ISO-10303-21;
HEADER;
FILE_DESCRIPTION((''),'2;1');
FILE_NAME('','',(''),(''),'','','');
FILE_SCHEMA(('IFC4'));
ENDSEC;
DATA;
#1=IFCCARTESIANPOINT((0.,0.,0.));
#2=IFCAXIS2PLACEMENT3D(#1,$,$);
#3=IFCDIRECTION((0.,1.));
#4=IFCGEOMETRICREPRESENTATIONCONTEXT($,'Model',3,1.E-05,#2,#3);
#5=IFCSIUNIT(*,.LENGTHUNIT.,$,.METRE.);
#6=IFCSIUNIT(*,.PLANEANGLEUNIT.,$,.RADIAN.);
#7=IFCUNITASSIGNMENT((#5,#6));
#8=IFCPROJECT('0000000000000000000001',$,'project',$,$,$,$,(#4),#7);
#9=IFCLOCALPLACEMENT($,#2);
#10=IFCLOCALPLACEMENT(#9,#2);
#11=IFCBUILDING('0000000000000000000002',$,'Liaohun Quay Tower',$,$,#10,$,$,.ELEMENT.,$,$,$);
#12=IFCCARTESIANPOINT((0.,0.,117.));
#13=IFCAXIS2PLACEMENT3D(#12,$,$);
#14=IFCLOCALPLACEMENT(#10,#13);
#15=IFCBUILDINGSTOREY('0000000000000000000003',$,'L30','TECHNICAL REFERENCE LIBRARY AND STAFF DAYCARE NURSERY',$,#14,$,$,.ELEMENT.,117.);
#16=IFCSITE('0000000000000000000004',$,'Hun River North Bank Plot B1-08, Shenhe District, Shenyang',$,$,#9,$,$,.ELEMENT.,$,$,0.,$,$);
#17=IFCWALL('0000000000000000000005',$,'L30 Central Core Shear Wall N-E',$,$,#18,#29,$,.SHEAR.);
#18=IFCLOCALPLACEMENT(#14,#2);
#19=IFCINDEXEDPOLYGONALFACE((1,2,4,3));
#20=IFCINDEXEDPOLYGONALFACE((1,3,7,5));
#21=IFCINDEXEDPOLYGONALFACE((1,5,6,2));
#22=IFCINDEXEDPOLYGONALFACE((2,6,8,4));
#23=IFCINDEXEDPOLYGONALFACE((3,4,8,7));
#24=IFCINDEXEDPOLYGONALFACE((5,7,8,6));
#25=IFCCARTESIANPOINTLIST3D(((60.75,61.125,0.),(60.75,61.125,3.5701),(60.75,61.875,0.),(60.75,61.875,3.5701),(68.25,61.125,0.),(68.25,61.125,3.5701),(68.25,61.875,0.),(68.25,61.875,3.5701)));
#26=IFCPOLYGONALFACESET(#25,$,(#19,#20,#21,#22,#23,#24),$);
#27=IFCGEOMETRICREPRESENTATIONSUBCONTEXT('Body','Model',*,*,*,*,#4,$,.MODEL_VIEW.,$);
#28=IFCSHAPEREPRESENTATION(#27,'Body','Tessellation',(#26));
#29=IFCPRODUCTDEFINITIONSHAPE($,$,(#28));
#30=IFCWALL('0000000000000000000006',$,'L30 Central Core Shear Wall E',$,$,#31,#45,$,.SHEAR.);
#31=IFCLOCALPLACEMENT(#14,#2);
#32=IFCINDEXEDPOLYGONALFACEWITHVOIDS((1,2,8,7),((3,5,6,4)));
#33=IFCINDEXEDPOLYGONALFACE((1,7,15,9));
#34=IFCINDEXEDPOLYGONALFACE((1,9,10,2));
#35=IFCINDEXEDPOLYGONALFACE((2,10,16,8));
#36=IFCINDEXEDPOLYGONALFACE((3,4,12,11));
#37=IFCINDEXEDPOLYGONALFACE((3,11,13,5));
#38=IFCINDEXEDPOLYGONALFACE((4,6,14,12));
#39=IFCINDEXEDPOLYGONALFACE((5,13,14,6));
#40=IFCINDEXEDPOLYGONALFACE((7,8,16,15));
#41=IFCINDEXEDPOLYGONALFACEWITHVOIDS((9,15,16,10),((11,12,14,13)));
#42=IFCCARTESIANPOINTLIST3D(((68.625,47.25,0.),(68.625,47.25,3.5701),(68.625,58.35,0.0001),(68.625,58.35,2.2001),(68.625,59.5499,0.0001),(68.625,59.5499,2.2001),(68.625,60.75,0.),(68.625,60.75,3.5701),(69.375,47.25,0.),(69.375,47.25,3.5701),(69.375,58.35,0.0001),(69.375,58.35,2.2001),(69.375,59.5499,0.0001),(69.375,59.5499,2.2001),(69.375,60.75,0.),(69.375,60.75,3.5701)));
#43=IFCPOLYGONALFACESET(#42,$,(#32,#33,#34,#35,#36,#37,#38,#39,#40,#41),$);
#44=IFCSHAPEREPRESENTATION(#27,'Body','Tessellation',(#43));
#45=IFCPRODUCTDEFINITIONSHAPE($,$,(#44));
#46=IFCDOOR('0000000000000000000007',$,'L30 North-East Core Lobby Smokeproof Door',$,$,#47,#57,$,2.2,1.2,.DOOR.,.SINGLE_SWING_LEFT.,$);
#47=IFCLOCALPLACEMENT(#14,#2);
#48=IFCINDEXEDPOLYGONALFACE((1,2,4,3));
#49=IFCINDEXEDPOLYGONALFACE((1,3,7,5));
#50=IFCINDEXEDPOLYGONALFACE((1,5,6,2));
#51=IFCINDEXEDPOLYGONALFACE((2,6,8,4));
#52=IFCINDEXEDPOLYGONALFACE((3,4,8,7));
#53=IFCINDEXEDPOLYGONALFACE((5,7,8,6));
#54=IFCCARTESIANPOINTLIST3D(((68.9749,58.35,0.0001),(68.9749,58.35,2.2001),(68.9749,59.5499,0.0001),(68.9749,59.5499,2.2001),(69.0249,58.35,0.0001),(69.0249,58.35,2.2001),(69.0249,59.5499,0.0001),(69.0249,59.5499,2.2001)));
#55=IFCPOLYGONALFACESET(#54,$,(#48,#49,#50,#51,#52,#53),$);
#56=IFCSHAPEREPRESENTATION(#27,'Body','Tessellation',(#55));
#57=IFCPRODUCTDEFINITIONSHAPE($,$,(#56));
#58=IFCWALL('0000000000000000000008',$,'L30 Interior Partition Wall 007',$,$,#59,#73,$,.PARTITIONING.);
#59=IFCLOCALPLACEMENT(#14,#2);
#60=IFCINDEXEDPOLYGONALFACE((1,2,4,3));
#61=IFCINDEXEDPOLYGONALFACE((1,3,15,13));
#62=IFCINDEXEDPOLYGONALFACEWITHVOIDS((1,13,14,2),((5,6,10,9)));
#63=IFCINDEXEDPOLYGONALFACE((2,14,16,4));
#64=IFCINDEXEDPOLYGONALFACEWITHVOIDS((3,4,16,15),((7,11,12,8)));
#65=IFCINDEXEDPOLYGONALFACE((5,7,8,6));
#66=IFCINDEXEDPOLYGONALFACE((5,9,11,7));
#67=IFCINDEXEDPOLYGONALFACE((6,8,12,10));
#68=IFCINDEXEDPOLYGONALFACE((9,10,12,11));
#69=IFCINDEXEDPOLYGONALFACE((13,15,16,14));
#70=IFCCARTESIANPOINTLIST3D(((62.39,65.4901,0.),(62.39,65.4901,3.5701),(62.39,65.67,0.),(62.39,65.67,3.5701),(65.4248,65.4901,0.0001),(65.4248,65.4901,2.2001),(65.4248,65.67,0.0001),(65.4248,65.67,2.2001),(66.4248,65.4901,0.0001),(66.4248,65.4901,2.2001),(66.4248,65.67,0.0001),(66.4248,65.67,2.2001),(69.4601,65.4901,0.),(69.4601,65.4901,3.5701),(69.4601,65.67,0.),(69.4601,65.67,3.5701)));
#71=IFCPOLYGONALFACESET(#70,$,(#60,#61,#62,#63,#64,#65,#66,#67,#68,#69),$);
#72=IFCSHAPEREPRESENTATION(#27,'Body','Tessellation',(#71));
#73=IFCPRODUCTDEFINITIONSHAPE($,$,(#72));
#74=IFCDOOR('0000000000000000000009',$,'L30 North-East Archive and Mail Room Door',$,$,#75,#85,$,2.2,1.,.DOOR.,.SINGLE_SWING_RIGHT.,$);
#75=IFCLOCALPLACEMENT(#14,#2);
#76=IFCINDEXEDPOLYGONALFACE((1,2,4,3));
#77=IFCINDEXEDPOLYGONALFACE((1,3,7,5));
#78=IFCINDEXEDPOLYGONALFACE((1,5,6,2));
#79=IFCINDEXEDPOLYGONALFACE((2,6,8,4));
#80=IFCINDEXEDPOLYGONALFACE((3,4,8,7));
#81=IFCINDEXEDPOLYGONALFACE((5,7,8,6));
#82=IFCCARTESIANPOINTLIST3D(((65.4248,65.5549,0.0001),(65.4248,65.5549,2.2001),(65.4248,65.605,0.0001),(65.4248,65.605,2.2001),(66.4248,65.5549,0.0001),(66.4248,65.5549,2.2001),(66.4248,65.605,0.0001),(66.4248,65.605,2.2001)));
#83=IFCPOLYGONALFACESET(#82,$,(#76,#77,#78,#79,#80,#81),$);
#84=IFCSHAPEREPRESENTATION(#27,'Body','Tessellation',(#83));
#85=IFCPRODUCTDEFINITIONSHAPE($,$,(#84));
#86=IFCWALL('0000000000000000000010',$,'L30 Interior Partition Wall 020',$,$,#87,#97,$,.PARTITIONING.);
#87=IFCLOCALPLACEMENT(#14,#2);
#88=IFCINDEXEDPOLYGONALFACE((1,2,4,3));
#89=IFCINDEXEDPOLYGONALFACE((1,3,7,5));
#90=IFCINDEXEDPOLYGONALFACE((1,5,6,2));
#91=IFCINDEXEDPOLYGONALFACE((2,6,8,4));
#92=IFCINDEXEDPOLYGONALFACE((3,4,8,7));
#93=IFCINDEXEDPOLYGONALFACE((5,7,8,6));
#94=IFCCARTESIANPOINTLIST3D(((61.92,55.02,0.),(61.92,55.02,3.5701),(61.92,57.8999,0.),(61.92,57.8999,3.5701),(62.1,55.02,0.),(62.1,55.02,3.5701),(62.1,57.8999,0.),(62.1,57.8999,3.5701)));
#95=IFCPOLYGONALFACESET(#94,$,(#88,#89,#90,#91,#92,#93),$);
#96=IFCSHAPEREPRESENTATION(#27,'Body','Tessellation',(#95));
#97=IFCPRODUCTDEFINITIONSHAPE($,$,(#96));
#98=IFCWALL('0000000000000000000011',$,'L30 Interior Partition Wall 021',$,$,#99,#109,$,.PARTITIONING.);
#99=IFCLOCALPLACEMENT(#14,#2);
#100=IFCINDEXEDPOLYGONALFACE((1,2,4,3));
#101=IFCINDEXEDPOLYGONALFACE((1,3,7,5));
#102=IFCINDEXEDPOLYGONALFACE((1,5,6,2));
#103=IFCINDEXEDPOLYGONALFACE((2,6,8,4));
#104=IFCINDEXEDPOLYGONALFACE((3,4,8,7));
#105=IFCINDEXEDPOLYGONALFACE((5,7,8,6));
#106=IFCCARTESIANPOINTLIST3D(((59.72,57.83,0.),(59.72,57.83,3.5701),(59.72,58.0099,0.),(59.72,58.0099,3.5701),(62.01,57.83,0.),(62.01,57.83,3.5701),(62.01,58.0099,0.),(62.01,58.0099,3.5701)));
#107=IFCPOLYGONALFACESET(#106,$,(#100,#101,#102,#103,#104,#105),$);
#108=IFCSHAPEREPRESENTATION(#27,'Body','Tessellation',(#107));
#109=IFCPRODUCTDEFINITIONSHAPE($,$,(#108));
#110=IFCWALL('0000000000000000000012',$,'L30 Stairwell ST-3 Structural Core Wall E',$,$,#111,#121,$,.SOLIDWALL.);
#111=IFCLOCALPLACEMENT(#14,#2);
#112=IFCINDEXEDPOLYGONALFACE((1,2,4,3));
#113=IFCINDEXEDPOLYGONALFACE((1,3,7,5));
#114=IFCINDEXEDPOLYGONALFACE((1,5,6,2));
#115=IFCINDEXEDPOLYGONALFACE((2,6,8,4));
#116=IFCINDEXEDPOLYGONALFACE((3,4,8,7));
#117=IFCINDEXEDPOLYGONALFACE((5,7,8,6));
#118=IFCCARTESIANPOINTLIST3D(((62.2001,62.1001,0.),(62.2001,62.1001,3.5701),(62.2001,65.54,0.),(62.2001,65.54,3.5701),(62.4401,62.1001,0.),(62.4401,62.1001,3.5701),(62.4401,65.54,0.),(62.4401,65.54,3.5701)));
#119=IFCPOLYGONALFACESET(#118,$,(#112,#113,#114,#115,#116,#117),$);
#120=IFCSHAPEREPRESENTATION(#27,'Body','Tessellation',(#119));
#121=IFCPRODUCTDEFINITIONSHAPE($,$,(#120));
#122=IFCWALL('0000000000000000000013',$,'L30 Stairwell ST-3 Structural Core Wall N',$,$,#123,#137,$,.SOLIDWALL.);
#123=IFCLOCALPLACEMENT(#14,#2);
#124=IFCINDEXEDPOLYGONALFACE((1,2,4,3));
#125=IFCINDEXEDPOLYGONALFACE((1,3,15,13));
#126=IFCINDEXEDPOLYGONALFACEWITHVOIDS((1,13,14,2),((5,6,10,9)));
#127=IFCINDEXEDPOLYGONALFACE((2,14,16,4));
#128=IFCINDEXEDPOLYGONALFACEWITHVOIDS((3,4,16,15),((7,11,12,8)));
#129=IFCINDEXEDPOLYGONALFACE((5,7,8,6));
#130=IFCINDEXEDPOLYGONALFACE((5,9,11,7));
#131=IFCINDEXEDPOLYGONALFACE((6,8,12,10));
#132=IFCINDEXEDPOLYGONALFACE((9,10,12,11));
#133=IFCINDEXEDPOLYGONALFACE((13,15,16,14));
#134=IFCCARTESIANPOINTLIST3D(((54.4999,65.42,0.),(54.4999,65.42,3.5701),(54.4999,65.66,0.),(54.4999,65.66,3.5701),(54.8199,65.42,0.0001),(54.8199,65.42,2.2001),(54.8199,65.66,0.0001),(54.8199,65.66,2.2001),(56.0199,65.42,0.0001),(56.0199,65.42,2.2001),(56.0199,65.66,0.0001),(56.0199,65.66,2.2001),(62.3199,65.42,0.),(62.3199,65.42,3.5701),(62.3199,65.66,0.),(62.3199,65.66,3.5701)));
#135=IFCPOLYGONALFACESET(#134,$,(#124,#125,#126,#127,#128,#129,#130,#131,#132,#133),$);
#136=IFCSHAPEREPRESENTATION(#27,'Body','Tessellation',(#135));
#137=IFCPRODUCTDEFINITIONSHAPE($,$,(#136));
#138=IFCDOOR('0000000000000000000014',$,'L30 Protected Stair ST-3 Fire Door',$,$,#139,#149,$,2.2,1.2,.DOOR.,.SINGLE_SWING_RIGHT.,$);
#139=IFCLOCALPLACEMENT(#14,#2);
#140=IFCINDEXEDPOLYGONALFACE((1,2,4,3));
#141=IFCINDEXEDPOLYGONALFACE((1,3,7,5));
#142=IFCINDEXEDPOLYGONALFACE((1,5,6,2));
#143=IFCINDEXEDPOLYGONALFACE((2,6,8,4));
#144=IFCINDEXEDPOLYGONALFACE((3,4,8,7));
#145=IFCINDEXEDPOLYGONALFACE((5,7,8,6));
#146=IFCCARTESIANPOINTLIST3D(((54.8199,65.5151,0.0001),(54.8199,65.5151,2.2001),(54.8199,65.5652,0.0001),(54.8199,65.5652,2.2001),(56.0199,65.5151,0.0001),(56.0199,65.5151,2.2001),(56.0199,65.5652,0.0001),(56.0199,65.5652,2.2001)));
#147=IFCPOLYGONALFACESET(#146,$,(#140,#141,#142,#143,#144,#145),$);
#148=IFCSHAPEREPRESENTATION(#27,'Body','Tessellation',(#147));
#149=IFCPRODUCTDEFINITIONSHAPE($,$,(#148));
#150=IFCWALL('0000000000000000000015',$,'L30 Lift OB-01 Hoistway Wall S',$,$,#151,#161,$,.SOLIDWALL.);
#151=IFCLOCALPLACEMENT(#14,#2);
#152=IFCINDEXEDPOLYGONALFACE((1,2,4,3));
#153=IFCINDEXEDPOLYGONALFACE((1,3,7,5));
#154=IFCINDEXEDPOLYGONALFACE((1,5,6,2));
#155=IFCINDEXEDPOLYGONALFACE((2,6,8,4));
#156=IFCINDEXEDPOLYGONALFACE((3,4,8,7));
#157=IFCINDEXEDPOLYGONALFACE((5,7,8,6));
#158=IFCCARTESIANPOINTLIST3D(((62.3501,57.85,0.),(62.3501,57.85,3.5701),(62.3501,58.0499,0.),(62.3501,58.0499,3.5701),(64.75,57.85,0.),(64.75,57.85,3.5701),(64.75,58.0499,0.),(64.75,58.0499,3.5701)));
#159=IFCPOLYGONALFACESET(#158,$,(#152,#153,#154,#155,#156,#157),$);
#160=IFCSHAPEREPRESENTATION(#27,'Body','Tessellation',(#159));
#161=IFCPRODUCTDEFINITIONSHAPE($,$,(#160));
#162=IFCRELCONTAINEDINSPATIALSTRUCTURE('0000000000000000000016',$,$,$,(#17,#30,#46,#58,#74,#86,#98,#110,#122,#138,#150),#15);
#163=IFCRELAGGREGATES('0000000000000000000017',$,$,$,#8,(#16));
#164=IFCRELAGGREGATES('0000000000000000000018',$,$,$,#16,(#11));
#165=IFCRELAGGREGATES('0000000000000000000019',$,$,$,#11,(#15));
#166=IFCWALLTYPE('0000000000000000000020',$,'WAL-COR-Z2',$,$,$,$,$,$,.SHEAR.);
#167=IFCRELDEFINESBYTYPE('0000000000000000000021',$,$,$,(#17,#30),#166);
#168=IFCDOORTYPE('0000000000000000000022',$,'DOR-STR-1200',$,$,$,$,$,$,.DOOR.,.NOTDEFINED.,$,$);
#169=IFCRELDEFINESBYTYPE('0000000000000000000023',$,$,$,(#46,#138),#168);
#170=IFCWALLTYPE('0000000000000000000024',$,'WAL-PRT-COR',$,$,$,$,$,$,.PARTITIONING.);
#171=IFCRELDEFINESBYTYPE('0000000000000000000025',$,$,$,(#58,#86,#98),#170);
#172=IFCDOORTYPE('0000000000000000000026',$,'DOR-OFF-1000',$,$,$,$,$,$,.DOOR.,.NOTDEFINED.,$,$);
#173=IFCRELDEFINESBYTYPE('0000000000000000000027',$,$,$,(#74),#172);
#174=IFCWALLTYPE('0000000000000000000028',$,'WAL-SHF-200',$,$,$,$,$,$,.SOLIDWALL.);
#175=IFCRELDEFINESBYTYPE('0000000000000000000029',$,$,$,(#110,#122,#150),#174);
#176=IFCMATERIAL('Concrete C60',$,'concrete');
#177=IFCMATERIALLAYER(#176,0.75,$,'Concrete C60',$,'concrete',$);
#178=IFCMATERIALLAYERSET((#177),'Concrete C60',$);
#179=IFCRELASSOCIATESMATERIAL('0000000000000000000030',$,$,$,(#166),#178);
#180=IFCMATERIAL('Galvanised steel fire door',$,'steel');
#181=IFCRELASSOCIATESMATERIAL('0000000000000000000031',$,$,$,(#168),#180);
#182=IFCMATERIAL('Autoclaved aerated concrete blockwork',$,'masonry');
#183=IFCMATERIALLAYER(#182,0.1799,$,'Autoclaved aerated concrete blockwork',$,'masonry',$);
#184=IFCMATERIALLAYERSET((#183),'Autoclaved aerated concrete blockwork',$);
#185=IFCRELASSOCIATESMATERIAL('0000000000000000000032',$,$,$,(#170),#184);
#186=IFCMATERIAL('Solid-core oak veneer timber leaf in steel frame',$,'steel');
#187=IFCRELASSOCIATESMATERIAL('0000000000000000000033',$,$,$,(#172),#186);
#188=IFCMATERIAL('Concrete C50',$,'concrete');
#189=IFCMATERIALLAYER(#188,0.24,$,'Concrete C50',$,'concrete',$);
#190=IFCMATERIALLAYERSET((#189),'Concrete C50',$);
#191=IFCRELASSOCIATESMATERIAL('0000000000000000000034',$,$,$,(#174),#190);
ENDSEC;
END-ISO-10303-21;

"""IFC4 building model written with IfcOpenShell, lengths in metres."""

from ifc_helpers import new_model, si_unit, direction, frame, frame_2d, origin, place, context, subcontext, project, spatial, rectangle, extrude, source, transform, mapped, material, layer, layer_set, type_object, element, fill, save


model = new_model("IFC4")

# Units and contexts
model_context = context("Model", 3, precision=1e-05, world=origin(), true_north=direction((0.0, 1.0)))
body_context = subcontext(model_context, "Body", "Model", "MODEL_VIEW")
ifc_project = project(units=[si_unit("LENGTHUNIT", "METRE"), si_unit("PLANEANGLEUNIT", "RADIAN")], contexts=[model_context])

# Site, building, storey
site_placement = place(None, origin())
site = spatial("IfcSite", under=ifc_project, at=site_placement, Name="Hun River North Bank Plot B1-08, Shenhe District, Shenyang", CompositionType="ELEMENT", RefElevation=0.0)
building_placement = place(site_placement, origin())
building = spatial("IfcBuilding", under=site, at=building_placement, Name="Liaohun Quay Tower", CompositionType="ELEMENT")
storey_placement = place(building_placement, frame((0.0, 0.0, 117.0)))
storey = spatial("IfcBuildingStorey", under=building, at=storey_placement, Name="L30", Description="TECHNICAL REFERENCE LIBRARY AND STAFF DAYCARE NURSERY", CompositionType="ELEMENT", Elevation=117.0)

# Shared definitions
ifc_material_1 = material(Name="Concrete C60", Category="concrete")

# Wall
ifc_layer_1 = layer(ifc_material_1, 0.75, Name="Concrete C60", Category="concrete")
ifc_layer_set_1 = layer_set([ifc_layer_1], Name="Concrete C60")
wall_type_1 = type_object("IfcWallType", Name="WAL-COR-Z2", PredefinedType="SHEAR", material=ifc_layer_set_1)
wall_1_placement = place(storey_placement, frame((60.75, 61.5, 0.0), z_axis=(0.0, 0.0, 1.0), x_axis=(1.0, 0.0, 0.0)))
element("IfcWall", 1, at=wall_1_placement, inside=storey, type_object=wall_type_1, Name="L30 Central Core Shear Wall N-E", PredefinedType="SHEAR", context=body_context, shape_type="SweptSolid", body=[
    extrude(rectangle(XDim=7.5, YDim=0.75, at=frame_2d((3.75, 0.0))), origin(), (0.0, 0.0, 1.0), 3.5701),
])

# Walls, openings, doors
wall_2_placement = place(storey_placement, frame((69.0, 60.75, 0.0), z_axis=(0.0, 0.0, 1.0), x_axis=(0.0, -1.0, 0.0)))
wall_2 = element("IfcWall", 2, at=wall_2_placement, inside=storey, type_object=wall_type_1, Name="L30 Central Core Shear Wall E", PredefinedType="SHEAR", context=body_context, shape_type="SweptSolid", body=[
    extrude(rectangle(XDim=13.5, YDim=0.75, at=frame_2d((6.75, 0.0))), origin(), (0.0, 0.0, 1.0), 3.5701),
])
shared_shape_1 = source(origin(), body_context, "Body", "SweptSolid", [
    extrude(rectangle(XDim=1.2, YDim=2.2, at=frame_2d((0.6001, 1.1001))), frame((0.0, 0.385, 0.0), z_axis=(0.0, -1.0, 0.0), x_axis=(1.0, 0.0, 0.0)), (0.0, 0.0, 1.0), 0.77),
])
opening_1_placement = place(wall_2_placement, frame((1.2, 0.0, 0.0)))
opening_1 = element("IfcOpeningElement", 3, at=opening_1_placement, cuts=wall_2, PredefinedType="OPENING", context=body_context, shape_type="MappedRepresentation", body=[
    mapped(shared_shape_1, transform((0.0, 0.0, 0.0), x_axis=(1.0, 0.0, 0.0), y_axis=(0.0, 1.0, 0.0), z_axis=(0.0, 0.0, 1.0), scale=1.0)),
])
ifc_material_2 = material(Name="Galvanised steel fire door", Category="steel")
door_type_1 = type_object("IfcDoorType", Name="DOR-STR-1200", OperationType="NOTDEFINED", PredefinedType="DOOR", material=ifc_material_2)
shared_shape_2 = source(origin(), body_context, "Body", "SweptSolid", [
    extrude(rectangle(XDim=1.2, YDim=2.2, at=frame_2d((0.6001, 1.1001))), frame((0.0, 0.0249, 0.0), z_axis=(0.0, -1.0, 0.0), x_axis=(1.0, 0.0, 0.0)), (0.0, 0.0, 1.0), 0.05),
])
door_1_placement = place(opening_1_placement, origin())
door_1 = element("IfcDoor", 4, at=door_1_placement, inside=storey, type_object=door_type_1, Name="L30 North-East Core Lobby Smokeproof Door", OperationType="SINGLE_SWING_LEFT", OverallHeight=2.2, OverallWidth=1.2, PredefinedType="DOOR", context=body_context, shape_type="MappedRepresentation", body=[
    mapped(shared_shape_2, transform((0.0, 0.0, 0.0), x_axis=(1.0, 0.0, 0.0), y_axis=(0.0, 1.0, 0.0), z_axis=(0.0, 0.0, 1.0), scale=1.0)),
])
fill(opening_1, door_1)
ifc_material_3 = material(Name="Autoclaved aerated concrete blockwork", Category="masonry")
ifc_layer_2 = layer(ifc_material_3, 0.1799, Name="Autoclaved aerated concrete blockwork", Category="masonry")
ifc_layer_set_2 = layer_set([ifc_layer_2], Name="Autoclaved aerated concrete blockwork")
wall_type_2 = type_object("IfcWallType", Name="WAL-PRT-COR", PredefinedType="PARTITIONING", material=ifc_layer_set_2)
wall_3_placement = place(storey_placement, frame((62.3899, 65.5801, 0.0), z_axis=(0.0, 0.0, 1.0), x_axis=(1.0, 0.0, 0.0)))
wall_3 = element("IfcWall", 5, at=wall_3_placement, inside=storey, type_object=wall_type_2, Name="L30 Interior Partition Wall 007", PredefinedType="PARTITIONING", context=body_context, shape_type="SweptSolid", body=[
    extrude(rectangle(XDim=7.0701, YDim=0.1799, at=frame_2d((3.5352, 0.0))), origin(), (0.0, 0.0, 1.0), 3.5701),
])
shared_shape_3 = source(origin(), body_context, "Body", "SweptSolid", [
    extrude(rectangle(XDim=1.0, YDim=2.2, at=frame_2d((0.5, 1.1001))), frame((0.0, 0.0999, 0.0), z_axis=(0.0, -1.0, 0.0), x_axis=(1.0, 0.0, 0.0)), (0.0, 0.0, 1.0), 0.2),
])
opening_2_placement = place(wall_3_placement, frame((3.0349, 0.0, 0.0)))
opening_2 = element("IfcOpeningElement", 6, at=opening_2_placement, cuts=wall_3, PredefinedType="OPENING", context=body_context, shape_type="MappedRepresentation", body=[
    mapped(shared_shape_3, transform((0.0, 0.0, 0.0), x_axis=(1.0, 0.0, 0.0), y_axis=(0.0, 1.0, 0.0), z_axis=(0.0, 0.0, 1.0), scale=1.0)),
])
ifc_material_4 = material(Name="Solid-core oak veneer timber leaf in steel frame", Category="steel")
door_type_2 = type_object("IfcDoorType", Name="DOR-OFF-1000", OperationType="NOTDEFINED", PredefinedType="DOOR", material=ifc_material_4)
shared_shape_4 = source(origin(), body_context, "Body", "SweptSolid", [
    extrude(rectangle(XDim=1.0, YDim=2.2, at=frame_2d((0.5, 1.1001))), frame((0.0, 0.0249, 0.0), z_axis=(0.0, -1.0, 0.0), x_axis=(1.0, 0.0, 0.0)), (0.0, 0.0, 1.0), 0.05),
])
door_2_placement = place(opening_2_placement, origin())
door_2 = element("IfcDoor", 7, at=door_2_placement, inside=storey, type_object=door_type_2, Name="L30 North-East Archive and Mail Room Door", OperationType="SINGLE_SWING_RIGHT", OverallHeight=2.2, OverallWidth=1.0, PredefinedType="DOOR", context=body_context, shape_type="MappedRepresentation", body=[
    mapped(shared_shape_4, transform((0.0, 0.0, 0.0), x_axis=(1.0, 0.0, 0.0), y_axis=(0.0, 1.0, 0.0), z_axis=(0.0, 0.0, 1.0), scale=1.0)),
])
fill(opening_2, door_2)

# Walls
wall_4_placement = place(storey_placement, frame((62.01, 55.02, 0.0), z_axis=(0.0, 0.0, 1.0), x_axis=(0.0, 1.0, 0.0)))
element("IfcWall", 8, at=wall_4_placement, inside=storey, type_object=wall_type_2, Name="L30 Interior Partition Wall 020", PredefinedType="PARTITIONING", context=body_context, shape_type="SweptSolid", body=[
    extrude(rectangle(XDim=2.8799, YDim=0.1799, at=frame_2d((1.4399, 0.0))), origin(), (0.0, 0.0, 1.0), 3.5701),
])
wall_5_placement = place(storey_placement, frame((59.72, 57.9199, 0.0), z_axis=(0.0, 0.0, 1.0), x_axis=(1.0, 0.0, 0.0)))
element("IfcWall", 9, at=wall_5_placement, inside=storey, type_object=wall_type_2, Name="L30 Interior Partition Wall 021", PredefinedType="PARTITIONING", context=body_context, shape_type="SweptSolid", body=[
    extrude(rectangle(XDim=2.29, YDim=0.1799, at=frame_2d((1.145, 0.0))), origin(), (0.0, 0.0, 1.0), 3.5701),
])
ifc_material_5 = material(Name="Concrete C50", Category="concrete")
ifc_layer_3 = layer(ifc_material_5, 0.24, Name="Concrete C50", Category="concrete")
ifc_layer_set_3 = layer_set([ifc_layer_3], Name="Concrete C50")
wall_type_3 = type_object("IfcWallType", Name="WAL-SHF-200", PredefinedType="SOLIDWALL", material=ifc_layer_set_3)
wall_6_placement = place(storey_placement, frame((62.3201, 62.1001, 0.0), z_axis=(0.0, 0.0, 1.0), x_axis=(0.0, 1.0, 0.0)))
element("IfcWall", 10, at=wall_6_placement, inside=storey, type_object=wall_type_3, Name="L30 Stairwell ST-3 Structural Core Wall E", PredefinedType="SOLIDWALL", context=body_context, shape_type="SweptSolid", body=[
    extrude(rectangle(XDim=3.4399, YDim=0.24, at=frame_2d((1.72, 0.0))), origin(), (0.0, 0.0, 1.0), 3.5701),
])

# Wall, opening, door
wall_7_placement = place(storey_placement, frame((62.3201, 65.54, 0.0), z_axis=(0.0, 0.0, 1.0), x_axis=(-1.0, 0.0, 0.0)))
wall_7 = element("IfcWall", 11, at=wall_7_placement, inside=storey, type_object=wall_type_3, Name="L30 Stairwell ST-3 Structural Core Wall N", PredefinedType="SOLIDWALL", context=body_context, shape_type="SweptSolid", body=[
    extrude(rectangle(XDim=7.8201, YDim=0.24, at=frame_2d((3.9102, 0.0))), origin(), (0.0, 0.0, 1.0), 3.5701),
])
shared_shape_5 = source(origin(), body_context, "Body", "SweptSolid", [
    extrude(rectangle(XDim=1.2, YDim=2.2, at=frame_2d((0.6001, 1.1001))), frame((0.0, 0.1299, 0.0), z_axis=(0.0, -1.0, 0.0), x_axis=(1.0, 0.0, 0.0)), (0.0, 0.0, 1.0), 0.26),
])
opening_3_placement = place(wall_7_placement, frame((6.3, 0.0, 0.0)))
opening_3 = element("IfcOpeningElement", 12, at=opening_3_placement, cuts=wall_7, PredefinedType="OPENING", context=body_context, shape_type="MappedRepresentation", body=[
    mapped(shared_shape_5, transform((0.0, 0.0, 0.0), x_axis=(1.0, 0.0, 0.0), y_axis=(0.0, 1.0, 0.0), z_axis=(0.0, 0.0, 1.0), scale=1.0)),
])
door_3_placement = place(opening_3_placement, origin())
door_3 = element("IfcDoor", 13, at=door_3_placement, inside=storey, type_object=door_type_1, Name="L30 Protected Stair ST-3 Fire Door", OperationType="SINGLE_SWING_RIGHT", OverallHeight=2.2, OverallWidth=1.2, PredefinedType="DOOR", context=body_context, shape_type="MappedRepresentation", body=[
    mapped(shared_shape_2, transform((0.0, 0.0, 0.0), x_axis=(1.0, 0.0, 0.0), y_axis=(0.0, 1.0, 0.0), z_axis=(0.0, 0.0, 1.0), scale=1.0)),
])
fill(opening_3, door_3)

# Wall
wall_8_placement = place(storey_placement, frame((62.3501, 57.95, 0.0), z_axis=(0.0, 0.0, 1.0), x_axis=(1.0, 0.0, 0.0)))
element("IfcWall", 14, at=wall_8_placement, inside=storey, type_object=wall_type_3, Name="L30 Lift OB-01 Hoistway Wall S", PredefinedType="SOLIDWALL", context=body_context, shape_type="SweptSolid", body=[
    extrude(rectangle(XDim=2.3999, YDim=0.2, at=frame_2d((1.2, 0.0))), origin(), (0.0, 0.0, 1.0), 3.5701),
])

save(model, "model.ifc")
